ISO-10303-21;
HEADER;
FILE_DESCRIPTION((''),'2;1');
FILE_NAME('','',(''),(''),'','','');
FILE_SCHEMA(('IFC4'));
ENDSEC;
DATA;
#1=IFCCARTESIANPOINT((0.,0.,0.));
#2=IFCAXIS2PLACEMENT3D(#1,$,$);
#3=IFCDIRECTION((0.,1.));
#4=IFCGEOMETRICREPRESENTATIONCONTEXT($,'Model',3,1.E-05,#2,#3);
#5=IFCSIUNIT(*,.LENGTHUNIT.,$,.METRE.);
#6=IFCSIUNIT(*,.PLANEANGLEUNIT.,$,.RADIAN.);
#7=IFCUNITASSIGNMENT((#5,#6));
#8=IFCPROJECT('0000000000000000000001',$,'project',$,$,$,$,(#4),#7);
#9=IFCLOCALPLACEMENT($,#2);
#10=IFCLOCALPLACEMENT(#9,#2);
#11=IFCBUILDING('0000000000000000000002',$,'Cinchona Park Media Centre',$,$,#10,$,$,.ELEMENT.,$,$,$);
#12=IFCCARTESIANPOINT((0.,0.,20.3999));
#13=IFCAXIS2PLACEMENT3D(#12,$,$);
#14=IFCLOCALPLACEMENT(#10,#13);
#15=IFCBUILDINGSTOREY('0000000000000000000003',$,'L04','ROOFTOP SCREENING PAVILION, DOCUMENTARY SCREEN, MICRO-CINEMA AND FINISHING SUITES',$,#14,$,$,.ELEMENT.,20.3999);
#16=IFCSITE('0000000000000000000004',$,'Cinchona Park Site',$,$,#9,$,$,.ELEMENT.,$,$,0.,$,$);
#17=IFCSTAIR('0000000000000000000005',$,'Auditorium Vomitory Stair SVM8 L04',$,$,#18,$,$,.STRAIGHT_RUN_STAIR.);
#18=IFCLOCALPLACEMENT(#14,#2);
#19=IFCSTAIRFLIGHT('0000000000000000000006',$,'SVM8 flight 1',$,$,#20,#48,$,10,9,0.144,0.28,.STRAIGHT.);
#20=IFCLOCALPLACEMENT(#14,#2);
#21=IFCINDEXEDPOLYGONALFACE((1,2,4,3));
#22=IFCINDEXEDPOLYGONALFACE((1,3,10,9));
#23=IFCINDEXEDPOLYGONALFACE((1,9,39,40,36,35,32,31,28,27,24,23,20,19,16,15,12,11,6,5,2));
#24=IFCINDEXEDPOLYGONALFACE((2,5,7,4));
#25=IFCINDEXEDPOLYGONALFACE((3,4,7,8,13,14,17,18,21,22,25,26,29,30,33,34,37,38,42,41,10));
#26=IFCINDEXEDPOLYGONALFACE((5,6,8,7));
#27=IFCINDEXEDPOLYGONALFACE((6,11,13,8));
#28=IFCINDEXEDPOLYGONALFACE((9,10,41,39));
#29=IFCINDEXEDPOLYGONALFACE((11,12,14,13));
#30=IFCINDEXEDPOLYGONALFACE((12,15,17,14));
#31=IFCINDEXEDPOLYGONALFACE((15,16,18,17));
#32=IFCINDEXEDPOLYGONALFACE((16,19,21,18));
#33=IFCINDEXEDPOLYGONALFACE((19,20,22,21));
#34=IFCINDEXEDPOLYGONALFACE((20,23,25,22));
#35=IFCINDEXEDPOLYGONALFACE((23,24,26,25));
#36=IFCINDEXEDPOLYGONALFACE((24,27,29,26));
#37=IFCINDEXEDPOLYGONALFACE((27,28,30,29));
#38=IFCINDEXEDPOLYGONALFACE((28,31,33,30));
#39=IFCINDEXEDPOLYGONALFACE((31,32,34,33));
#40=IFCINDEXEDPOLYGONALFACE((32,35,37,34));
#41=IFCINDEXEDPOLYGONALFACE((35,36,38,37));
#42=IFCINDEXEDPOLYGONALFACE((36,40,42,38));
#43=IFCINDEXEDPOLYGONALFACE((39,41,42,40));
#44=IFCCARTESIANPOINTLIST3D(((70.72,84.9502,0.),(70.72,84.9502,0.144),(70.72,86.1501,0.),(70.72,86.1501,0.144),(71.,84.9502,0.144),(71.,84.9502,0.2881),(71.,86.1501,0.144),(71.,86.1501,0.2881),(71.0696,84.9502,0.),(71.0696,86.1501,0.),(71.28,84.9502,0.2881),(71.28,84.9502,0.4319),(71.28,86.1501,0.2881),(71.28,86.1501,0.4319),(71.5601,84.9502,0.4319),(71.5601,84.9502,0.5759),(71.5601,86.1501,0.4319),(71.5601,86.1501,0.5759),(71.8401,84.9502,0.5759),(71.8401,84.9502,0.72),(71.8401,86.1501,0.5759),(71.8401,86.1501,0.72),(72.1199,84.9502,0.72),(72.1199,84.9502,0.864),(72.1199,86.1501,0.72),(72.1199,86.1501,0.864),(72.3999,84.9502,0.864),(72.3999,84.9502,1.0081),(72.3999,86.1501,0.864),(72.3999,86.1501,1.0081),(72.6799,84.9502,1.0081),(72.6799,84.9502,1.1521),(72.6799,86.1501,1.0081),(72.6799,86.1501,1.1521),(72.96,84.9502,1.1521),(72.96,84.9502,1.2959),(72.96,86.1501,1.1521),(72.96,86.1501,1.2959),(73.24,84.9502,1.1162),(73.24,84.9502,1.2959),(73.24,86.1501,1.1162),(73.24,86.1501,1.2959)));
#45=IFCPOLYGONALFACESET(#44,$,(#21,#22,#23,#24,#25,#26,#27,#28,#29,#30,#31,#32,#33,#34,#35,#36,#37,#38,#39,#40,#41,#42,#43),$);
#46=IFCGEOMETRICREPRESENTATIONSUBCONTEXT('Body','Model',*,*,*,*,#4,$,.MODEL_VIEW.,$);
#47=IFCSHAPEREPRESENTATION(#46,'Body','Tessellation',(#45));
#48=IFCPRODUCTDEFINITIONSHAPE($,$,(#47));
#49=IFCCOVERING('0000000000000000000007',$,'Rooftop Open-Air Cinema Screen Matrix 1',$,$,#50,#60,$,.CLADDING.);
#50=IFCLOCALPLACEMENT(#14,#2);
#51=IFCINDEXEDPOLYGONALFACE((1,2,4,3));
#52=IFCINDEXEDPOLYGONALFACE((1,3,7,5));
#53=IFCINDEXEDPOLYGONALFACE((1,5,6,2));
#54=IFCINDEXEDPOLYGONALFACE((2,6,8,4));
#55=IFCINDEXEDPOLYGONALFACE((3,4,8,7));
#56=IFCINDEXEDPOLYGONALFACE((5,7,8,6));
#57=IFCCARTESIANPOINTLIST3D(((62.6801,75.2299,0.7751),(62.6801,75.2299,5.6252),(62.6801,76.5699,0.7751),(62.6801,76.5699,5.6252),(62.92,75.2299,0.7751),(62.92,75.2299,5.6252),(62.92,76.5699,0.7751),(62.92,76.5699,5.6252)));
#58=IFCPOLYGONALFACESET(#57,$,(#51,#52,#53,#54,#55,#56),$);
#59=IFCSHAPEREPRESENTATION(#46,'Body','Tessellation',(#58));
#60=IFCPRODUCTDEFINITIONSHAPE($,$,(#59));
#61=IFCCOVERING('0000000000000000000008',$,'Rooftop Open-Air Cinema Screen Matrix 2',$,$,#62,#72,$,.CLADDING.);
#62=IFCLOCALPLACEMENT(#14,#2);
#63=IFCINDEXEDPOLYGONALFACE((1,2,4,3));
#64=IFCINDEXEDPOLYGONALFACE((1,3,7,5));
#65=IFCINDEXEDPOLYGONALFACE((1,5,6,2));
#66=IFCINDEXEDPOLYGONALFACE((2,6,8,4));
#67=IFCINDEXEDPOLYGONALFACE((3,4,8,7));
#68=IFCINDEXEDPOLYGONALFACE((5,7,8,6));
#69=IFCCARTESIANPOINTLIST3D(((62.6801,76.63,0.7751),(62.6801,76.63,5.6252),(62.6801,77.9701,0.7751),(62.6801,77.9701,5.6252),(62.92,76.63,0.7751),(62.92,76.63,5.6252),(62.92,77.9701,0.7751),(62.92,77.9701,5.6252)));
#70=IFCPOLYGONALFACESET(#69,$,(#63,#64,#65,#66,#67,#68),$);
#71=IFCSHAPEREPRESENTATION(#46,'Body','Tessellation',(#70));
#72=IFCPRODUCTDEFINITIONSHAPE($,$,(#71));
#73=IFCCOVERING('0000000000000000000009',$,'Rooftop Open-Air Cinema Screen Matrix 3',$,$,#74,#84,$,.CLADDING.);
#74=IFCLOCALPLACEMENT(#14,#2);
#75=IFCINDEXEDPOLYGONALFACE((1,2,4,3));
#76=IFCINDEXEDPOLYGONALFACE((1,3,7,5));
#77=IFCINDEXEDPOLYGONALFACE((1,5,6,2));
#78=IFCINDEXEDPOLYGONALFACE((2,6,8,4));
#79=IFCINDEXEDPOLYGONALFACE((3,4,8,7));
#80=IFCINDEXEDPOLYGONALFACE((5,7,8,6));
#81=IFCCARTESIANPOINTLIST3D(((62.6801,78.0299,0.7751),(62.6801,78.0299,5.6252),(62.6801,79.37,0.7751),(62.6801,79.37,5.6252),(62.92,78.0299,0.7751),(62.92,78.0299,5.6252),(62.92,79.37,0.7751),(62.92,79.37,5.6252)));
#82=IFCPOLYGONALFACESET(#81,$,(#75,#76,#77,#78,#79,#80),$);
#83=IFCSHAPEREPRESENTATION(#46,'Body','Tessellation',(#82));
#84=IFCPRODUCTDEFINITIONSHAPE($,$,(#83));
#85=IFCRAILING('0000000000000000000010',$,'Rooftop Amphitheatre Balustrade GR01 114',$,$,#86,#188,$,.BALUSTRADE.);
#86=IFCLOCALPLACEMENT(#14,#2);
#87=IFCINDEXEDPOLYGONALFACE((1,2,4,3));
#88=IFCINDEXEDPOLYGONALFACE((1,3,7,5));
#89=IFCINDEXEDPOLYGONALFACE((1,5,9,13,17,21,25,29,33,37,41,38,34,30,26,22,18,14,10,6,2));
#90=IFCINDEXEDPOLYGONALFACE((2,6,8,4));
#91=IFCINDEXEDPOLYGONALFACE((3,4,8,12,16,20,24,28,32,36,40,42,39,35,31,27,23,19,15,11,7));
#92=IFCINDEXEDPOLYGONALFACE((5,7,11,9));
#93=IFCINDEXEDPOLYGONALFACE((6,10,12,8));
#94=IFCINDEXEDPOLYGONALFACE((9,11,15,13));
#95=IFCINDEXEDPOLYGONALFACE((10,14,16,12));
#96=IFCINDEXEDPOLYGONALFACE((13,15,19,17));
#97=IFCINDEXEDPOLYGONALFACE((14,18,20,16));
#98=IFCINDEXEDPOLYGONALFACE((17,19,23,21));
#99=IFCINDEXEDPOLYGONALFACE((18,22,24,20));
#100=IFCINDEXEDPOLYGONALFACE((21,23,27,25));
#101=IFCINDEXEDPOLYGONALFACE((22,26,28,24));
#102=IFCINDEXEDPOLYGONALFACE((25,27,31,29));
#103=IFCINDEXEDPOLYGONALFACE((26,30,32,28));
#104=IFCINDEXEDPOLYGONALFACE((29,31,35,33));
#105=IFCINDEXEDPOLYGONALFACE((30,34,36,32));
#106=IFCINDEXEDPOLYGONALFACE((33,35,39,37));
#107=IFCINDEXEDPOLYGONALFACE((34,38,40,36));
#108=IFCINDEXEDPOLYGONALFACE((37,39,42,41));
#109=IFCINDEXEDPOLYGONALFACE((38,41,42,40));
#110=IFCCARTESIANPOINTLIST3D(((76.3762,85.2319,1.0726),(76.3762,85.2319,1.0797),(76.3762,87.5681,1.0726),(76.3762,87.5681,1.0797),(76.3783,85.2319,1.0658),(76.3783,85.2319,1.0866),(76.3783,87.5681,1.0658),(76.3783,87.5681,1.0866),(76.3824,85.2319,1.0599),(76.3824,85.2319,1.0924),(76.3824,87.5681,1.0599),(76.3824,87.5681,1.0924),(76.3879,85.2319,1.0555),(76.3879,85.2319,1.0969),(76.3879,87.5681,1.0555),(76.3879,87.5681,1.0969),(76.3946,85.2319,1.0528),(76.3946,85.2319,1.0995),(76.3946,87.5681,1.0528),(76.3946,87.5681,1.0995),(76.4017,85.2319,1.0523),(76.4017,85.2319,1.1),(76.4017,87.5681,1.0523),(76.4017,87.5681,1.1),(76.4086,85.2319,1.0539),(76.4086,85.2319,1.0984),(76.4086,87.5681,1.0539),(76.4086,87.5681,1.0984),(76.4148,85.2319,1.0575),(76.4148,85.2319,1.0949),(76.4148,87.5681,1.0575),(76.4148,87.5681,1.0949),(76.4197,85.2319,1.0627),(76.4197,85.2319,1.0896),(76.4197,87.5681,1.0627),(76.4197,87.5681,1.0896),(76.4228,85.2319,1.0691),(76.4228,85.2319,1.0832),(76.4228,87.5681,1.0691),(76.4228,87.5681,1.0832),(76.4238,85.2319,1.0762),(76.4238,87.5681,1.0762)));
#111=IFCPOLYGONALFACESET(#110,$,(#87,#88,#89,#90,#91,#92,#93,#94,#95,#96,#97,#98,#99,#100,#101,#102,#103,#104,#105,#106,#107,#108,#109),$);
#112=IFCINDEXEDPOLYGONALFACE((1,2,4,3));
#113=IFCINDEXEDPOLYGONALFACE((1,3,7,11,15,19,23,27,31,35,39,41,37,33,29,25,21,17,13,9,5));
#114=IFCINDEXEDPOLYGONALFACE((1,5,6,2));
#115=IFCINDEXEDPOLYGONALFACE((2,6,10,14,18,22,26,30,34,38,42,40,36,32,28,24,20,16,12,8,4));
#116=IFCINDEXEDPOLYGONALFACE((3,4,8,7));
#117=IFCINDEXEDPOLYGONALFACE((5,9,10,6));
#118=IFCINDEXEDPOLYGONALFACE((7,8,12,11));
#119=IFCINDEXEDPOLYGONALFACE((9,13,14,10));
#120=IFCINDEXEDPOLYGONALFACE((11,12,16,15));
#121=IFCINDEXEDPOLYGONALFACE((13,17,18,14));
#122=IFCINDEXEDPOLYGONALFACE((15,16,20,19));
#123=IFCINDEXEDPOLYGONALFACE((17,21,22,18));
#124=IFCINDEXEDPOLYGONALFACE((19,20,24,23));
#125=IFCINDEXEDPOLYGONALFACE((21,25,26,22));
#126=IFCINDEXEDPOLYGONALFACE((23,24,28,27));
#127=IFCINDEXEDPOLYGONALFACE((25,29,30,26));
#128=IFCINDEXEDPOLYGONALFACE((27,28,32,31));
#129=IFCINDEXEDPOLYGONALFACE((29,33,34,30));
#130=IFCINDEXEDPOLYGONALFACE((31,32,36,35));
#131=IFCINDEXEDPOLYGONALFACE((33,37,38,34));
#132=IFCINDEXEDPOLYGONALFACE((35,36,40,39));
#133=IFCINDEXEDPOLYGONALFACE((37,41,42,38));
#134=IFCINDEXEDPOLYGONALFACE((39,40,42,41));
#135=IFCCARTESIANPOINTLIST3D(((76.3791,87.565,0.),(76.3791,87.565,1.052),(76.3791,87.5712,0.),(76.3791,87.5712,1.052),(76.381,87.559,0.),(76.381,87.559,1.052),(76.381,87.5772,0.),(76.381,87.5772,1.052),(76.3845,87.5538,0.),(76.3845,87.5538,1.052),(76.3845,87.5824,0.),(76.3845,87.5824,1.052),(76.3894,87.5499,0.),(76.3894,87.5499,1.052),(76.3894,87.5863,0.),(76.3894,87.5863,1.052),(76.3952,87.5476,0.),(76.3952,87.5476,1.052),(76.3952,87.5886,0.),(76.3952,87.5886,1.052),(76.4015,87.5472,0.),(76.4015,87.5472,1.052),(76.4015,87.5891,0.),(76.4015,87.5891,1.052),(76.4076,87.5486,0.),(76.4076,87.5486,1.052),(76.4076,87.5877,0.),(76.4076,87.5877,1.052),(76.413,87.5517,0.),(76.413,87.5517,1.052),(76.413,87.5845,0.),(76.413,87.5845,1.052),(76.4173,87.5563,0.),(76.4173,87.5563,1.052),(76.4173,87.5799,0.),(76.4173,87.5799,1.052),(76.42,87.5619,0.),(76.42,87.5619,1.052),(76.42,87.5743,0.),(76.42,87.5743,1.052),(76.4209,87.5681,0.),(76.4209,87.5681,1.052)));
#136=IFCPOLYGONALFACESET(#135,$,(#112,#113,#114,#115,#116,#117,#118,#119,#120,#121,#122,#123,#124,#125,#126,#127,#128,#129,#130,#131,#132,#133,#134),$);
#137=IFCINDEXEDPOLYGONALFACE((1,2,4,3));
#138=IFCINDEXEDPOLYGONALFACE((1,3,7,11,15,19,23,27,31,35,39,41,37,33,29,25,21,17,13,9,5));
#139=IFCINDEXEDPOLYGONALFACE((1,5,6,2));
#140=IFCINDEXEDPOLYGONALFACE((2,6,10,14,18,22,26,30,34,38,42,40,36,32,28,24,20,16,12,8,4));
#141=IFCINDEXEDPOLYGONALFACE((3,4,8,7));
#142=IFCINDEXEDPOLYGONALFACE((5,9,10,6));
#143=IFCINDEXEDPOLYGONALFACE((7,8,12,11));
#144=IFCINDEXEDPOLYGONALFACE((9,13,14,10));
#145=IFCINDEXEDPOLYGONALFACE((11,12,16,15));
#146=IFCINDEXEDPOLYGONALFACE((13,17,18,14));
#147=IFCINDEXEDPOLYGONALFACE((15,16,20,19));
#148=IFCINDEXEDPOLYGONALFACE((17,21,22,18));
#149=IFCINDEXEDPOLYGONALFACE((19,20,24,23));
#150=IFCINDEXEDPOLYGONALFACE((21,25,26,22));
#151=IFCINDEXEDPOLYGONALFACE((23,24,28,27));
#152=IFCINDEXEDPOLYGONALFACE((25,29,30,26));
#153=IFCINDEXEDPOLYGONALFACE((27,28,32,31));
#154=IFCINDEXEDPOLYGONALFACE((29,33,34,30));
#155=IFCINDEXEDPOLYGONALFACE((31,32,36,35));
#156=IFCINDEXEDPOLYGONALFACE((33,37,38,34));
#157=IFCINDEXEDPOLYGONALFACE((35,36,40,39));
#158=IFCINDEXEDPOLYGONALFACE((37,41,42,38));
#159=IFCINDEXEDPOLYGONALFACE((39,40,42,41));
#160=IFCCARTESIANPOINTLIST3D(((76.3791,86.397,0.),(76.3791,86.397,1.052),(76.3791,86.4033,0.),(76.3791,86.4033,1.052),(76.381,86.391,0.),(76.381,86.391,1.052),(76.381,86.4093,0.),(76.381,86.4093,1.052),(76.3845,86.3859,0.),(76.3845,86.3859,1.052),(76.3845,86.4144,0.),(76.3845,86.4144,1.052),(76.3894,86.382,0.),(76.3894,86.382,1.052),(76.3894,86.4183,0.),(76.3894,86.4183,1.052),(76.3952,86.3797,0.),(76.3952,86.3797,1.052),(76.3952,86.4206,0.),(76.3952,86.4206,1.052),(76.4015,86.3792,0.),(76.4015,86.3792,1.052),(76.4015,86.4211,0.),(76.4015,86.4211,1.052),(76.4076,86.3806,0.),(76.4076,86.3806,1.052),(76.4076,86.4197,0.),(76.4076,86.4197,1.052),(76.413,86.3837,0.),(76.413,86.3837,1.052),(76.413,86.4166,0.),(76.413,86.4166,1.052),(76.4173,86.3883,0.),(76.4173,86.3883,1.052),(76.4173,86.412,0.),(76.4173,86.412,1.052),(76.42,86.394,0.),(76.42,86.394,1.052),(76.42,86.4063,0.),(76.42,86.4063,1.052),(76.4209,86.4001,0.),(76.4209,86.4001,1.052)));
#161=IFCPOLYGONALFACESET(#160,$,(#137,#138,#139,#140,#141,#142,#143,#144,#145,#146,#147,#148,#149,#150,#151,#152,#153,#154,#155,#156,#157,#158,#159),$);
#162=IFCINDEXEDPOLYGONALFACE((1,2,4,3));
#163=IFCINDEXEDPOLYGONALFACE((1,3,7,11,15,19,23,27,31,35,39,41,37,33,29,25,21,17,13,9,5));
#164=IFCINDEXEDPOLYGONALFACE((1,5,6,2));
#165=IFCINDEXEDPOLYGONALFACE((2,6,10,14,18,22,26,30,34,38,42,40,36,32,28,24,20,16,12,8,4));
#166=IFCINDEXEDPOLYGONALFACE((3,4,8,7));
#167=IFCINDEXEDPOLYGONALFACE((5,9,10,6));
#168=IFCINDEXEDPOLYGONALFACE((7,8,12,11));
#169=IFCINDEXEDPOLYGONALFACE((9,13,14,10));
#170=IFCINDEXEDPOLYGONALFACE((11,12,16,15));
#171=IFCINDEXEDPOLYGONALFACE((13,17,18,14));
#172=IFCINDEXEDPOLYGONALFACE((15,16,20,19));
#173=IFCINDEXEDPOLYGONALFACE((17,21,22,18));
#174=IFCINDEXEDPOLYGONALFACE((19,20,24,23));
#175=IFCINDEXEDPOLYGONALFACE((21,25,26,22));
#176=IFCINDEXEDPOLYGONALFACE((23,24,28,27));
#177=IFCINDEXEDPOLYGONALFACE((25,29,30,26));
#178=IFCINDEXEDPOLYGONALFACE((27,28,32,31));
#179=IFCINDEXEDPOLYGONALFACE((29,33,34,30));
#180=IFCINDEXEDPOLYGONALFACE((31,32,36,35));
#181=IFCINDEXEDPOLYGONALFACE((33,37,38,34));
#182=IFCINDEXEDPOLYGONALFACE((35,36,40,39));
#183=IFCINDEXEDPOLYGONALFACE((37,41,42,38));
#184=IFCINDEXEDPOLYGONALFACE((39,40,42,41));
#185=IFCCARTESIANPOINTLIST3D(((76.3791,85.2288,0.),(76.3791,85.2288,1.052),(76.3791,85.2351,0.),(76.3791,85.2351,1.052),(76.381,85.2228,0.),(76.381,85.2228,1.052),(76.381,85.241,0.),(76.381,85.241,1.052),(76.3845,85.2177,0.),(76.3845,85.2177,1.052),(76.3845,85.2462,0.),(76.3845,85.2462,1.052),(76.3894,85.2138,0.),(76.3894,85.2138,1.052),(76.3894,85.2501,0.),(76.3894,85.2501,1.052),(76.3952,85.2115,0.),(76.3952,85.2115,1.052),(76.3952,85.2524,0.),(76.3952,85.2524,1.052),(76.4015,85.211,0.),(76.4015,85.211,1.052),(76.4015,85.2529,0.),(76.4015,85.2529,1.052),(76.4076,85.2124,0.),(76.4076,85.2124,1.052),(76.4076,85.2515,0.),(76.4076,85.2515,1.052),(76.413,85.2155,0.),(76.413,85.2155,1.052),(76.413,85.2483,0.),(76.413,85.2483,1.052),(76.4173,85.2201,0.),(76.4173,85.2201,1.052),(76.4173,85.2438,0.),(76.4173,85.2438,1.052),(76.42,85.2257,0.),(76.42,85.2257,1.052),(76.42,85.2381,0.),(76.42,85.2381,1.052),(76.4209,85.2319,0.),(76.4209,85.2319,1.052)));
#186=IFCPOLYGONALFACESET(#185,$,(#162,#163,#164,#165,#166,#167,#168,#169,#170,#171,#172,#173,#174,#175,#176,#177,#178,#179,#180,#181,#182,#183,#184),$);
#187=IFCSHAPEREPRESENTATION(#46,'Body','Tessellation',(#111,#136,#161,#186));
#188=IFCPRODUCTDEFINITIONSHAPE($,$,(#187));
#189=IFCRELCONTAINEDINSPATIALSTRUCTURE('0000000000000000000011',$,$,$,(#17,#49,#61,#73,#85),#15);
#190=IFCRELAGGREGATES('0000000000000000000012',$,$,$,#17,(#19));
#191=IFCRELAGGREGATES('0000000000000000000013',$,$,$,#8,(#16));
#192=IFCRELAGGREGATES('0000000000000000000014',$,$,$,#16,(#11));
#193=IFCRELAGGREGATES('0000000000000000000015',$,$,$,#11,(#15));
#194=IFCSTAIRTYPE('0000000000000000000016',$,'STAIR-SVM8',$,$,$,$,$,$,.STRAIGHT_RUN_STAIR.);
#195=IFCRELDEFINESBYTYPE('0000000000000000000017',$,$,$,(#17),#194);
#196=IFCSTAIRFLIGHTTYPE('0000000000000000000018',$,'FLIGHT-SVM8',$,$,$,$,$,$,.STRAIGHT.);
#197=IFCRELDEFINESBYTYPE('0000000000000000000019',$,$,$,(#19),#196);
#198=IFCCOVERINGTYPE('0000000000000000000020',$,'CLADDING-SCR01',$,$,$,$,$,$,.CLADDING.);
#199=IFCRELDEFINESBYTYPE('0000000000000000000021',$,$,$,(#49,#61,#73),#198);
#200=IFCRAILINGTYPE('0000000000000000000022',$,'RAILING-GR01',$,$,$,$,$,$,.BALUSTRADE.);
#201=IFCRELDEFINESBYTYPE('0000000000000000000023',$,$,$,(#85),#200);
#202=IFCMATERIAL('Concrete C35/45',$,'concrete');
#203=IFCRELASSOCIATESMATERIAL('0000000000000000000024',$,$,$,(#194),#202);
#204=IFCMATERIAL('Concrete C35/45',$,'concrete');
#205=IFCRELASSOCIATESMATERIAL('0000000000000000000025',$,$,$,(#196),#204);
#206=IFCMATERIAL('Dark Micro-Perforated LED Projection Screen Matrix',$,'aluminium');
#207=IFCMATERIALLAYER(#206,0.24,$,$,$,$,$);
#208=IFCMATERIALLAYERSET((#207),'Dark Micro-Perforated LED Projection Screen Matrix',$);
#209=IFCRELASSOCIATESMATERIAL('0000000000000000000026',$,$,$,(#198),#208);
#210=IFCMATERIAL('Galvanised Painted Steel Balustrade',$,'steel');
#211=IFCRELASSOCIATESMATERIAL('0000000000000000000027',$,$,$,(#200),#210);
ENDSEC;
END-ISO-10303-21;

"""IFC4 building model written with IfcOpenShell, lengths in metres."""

from ifc_helpers import new_model, si_unit, direction, frame, origin, origin_2d, place, context, subcontext, project, spatial, polyline, rectangle, circle, outline, extrude, material, layer, layer_set, type_object, element, aggregate, save


model = new_model("IFC4")

# Units and contexts
model_context = context("Model", 3, precision=1e-05, world=origin(), true_north=direction((0.0, 1.0)))
body_context = subcontext(model_context, "Body", "Model", "MODEL_VIEW")
ifc_project = project(units=[si_unit("LENGTHUNIT", "METRE"), si_unit("PLANEANGLEUNIT", "RADIAN")], contexts=[model_context])

# Site, building, storey
site_placement = place(None, origin())
site = spatial("IfcSite", under=ifc_project, at=site_placement, Name="Cinchona Park Site", CompositionType="ELEMENT", RefElevation=0.0)
building_placement = place(site_placement, origin())
building = spatial("IfcBuilding", under=site, at=building_placement, Name="Cinchona Park Media Centre", CompositionType="ELEMENT")
storey_placement = place(building_placement, frame((0.0, 0.0, 20.3999)))
storey = spatial("IfcBuildingStorey", under=building, at=storey_placement, Name="L04", Description="ROOFTOP SCREENING PAVILION, DOCUMENTARY SCREEN, MICRO-CINEMA AND FINISHING SUITES", CompositionType="ELEMENT", Elevation=20.3999)

# Stair, stair flight
ifc_material_1 = material(Name="Concrete C35/45", Category="concrete")
stair_type = type_object("IfcStairType", Name="STAIR-SVM8", PredefinedType="STRAIGHT_RUN_STAIR", material=ifc_material_1)
stair_placement = place(storey_placement, origin())
stair = element("IfcStair", 1, at=stair_placement, inside=storey, type_object=stair_type, Name="Auditorium Vomitory Stair SVM8 L04", PredefinedType="STRAIGHT_RUN_STAIR")
ifc_material_2 = material(Name="Concrete C35/45", Category="concrete")
stair_flight_type = type_object("IfcStairFlightType", Name="FLIGHT-SVM8", PredefinedType="STRAIGHT", material=ifc_material_2)
stair_flight_placement = place(storey_placement, frame((70.72, 85.55, 0.0), z_axis=(0.0, 0.0, 1.0), x_axis=(1.0, 0.0, 0.0)))
stair_flight = element("IfcStairFlight", 2, at=stair_flight_placement, type_object=stair_flight_type, Name="SVM8 flight 1", NumberOfRisers=10, NumberOfTreads=9, PredefinedType="STRAIGHT", RiserHeight=0.144, TreadLength=0.28, context=body_context, shape_type="SweptSolid", body=[
    extrude(outline(polyline([(0.0, 0.0), (0.0, 0.144), (0.28, 0.144), (0.28, 0.2881), (0.5601, 0.2881), (0.5601, 0.4319), (0.8401, 0.4319), (0.8401, 0.5759), (1.1201, 0.5759), (1.1201, 0.72), (1.3999, 0.72), (1.3999, 0.864), (1.6799, 0.864), (1.6799, 1.0081), (1.96, 1.0081), (1.96, 1.1521), (2.24, 1.1521), (2.24, 1.2959), (2.52, 1.2959), (2.52, 1.4399), (2.52, 1.1162), (0.3496, 0.0), (0.0, 0.0)])), frame((0.0, 0.6001, 0.0), z_axis=(0.0, -1.0, 0.0), x_axis=(1.0, 0.0, 0.0)), (0.0, 0.0, 1.0), 1.2),
])
aggregate(stair, [stair_flight])

# Coverings
ifc_material_3 = material(Name="Dark Micro-Perforated LED Projection Screen Matrix", Category="aluminium")
ifc_layer_1 = layer(ifc_material_3, 0.24)
ifc_layer_set_1 = layer_set([ifc_layer_1], Name="Dark Micro-Perforated LED Projection Screen Matrix")
covering_type = type_object("IfcCoveringType", Name="CLADDING-SCR01", PredefinedType="CLADDING", material=ifc_layer_set_1)
for number, where, z_axis, x_axis, name in (
    (3, (62.8, 75.8999, 0.7751), (0.0, 0.0, 1.0), (0.0, 1.0, 0.0), "Rooftop Open-Air Cinema Screen Matrix 1"),
    (4, (62.8, 77.3, 0.7751), (0.0, 0.0, 1.0), (0.0, 1.0, 0.0), "Rooftop Open-Air Cinema Screen Matrix 2"),
    (5, (62.8, 78.7, 0.7751), (0.0, 0.0, 1.0), (0.0, 1.0, 0.0), "Rooftop Open-Air Cinema Screen Matrix 3"),
):
    element("IfcCovering", number, at=place(storey_placement, frame(where, z_axis=z_axis, x_axis=x_axis)), inside=storey, type_object=covering_type, Name=name, PredefinedType="CLADDING", context=body_context, shape_type="SweptSolid", body=[
        extrude(rectangle(XDim=1.3401, YDim=0.24, at=origin_2d()), origin(), (0.0, 0.0, 1.0), 4.8501),
    ])

# Railing
ifc_material_4 = material(Name="Galvanised Painted Steel Balustrade", Category="steel")
railing_type_1 = type_object("IfcRailingType", Name="RAILING-GR01", PredefinedType="BALUSTRADE", material=ifc_material_4)
railing_1_placement = place(storey_placement, frame((76.3999, 87.5681, 0.0)))
element("IfcRailing", 6, at=railing_1_placement, inside=storey, type_object=railing_type_1, Name="Rooftop Amphitheatre Balustrade GR01 114", PredefinedType="BALUSTRADE", context=body_context, shape_type="SweptSolid", body=[
    extrude(circle(Radius=0.0239, at=origin_2d()), frame((0.0, 0.0, 1.0762), z_axis=(0.0, -1.0, 0.0), x_axis=(1.0, 0.0, 0.0)), (0.0, 0.0, 1.0), 2.3362),
    extrude(circle(Radius=0.021, at=origin_2d()), origin(), (0.0, 0.0, 1.0), 1.052),
    extrude(circle(Radius=0.021, at=origin_2d()), frame((0.0, -1.168, 0.0)), (0.0, 0.0, 1.0), 1.052),
    extrude(circle(Radius=0.021, at=origin_2d()), frame((0.0, -2.3362, 0.0)), (0.0, 0.0, 1.0), 1.052),
])

save(model, "model.ifc")
